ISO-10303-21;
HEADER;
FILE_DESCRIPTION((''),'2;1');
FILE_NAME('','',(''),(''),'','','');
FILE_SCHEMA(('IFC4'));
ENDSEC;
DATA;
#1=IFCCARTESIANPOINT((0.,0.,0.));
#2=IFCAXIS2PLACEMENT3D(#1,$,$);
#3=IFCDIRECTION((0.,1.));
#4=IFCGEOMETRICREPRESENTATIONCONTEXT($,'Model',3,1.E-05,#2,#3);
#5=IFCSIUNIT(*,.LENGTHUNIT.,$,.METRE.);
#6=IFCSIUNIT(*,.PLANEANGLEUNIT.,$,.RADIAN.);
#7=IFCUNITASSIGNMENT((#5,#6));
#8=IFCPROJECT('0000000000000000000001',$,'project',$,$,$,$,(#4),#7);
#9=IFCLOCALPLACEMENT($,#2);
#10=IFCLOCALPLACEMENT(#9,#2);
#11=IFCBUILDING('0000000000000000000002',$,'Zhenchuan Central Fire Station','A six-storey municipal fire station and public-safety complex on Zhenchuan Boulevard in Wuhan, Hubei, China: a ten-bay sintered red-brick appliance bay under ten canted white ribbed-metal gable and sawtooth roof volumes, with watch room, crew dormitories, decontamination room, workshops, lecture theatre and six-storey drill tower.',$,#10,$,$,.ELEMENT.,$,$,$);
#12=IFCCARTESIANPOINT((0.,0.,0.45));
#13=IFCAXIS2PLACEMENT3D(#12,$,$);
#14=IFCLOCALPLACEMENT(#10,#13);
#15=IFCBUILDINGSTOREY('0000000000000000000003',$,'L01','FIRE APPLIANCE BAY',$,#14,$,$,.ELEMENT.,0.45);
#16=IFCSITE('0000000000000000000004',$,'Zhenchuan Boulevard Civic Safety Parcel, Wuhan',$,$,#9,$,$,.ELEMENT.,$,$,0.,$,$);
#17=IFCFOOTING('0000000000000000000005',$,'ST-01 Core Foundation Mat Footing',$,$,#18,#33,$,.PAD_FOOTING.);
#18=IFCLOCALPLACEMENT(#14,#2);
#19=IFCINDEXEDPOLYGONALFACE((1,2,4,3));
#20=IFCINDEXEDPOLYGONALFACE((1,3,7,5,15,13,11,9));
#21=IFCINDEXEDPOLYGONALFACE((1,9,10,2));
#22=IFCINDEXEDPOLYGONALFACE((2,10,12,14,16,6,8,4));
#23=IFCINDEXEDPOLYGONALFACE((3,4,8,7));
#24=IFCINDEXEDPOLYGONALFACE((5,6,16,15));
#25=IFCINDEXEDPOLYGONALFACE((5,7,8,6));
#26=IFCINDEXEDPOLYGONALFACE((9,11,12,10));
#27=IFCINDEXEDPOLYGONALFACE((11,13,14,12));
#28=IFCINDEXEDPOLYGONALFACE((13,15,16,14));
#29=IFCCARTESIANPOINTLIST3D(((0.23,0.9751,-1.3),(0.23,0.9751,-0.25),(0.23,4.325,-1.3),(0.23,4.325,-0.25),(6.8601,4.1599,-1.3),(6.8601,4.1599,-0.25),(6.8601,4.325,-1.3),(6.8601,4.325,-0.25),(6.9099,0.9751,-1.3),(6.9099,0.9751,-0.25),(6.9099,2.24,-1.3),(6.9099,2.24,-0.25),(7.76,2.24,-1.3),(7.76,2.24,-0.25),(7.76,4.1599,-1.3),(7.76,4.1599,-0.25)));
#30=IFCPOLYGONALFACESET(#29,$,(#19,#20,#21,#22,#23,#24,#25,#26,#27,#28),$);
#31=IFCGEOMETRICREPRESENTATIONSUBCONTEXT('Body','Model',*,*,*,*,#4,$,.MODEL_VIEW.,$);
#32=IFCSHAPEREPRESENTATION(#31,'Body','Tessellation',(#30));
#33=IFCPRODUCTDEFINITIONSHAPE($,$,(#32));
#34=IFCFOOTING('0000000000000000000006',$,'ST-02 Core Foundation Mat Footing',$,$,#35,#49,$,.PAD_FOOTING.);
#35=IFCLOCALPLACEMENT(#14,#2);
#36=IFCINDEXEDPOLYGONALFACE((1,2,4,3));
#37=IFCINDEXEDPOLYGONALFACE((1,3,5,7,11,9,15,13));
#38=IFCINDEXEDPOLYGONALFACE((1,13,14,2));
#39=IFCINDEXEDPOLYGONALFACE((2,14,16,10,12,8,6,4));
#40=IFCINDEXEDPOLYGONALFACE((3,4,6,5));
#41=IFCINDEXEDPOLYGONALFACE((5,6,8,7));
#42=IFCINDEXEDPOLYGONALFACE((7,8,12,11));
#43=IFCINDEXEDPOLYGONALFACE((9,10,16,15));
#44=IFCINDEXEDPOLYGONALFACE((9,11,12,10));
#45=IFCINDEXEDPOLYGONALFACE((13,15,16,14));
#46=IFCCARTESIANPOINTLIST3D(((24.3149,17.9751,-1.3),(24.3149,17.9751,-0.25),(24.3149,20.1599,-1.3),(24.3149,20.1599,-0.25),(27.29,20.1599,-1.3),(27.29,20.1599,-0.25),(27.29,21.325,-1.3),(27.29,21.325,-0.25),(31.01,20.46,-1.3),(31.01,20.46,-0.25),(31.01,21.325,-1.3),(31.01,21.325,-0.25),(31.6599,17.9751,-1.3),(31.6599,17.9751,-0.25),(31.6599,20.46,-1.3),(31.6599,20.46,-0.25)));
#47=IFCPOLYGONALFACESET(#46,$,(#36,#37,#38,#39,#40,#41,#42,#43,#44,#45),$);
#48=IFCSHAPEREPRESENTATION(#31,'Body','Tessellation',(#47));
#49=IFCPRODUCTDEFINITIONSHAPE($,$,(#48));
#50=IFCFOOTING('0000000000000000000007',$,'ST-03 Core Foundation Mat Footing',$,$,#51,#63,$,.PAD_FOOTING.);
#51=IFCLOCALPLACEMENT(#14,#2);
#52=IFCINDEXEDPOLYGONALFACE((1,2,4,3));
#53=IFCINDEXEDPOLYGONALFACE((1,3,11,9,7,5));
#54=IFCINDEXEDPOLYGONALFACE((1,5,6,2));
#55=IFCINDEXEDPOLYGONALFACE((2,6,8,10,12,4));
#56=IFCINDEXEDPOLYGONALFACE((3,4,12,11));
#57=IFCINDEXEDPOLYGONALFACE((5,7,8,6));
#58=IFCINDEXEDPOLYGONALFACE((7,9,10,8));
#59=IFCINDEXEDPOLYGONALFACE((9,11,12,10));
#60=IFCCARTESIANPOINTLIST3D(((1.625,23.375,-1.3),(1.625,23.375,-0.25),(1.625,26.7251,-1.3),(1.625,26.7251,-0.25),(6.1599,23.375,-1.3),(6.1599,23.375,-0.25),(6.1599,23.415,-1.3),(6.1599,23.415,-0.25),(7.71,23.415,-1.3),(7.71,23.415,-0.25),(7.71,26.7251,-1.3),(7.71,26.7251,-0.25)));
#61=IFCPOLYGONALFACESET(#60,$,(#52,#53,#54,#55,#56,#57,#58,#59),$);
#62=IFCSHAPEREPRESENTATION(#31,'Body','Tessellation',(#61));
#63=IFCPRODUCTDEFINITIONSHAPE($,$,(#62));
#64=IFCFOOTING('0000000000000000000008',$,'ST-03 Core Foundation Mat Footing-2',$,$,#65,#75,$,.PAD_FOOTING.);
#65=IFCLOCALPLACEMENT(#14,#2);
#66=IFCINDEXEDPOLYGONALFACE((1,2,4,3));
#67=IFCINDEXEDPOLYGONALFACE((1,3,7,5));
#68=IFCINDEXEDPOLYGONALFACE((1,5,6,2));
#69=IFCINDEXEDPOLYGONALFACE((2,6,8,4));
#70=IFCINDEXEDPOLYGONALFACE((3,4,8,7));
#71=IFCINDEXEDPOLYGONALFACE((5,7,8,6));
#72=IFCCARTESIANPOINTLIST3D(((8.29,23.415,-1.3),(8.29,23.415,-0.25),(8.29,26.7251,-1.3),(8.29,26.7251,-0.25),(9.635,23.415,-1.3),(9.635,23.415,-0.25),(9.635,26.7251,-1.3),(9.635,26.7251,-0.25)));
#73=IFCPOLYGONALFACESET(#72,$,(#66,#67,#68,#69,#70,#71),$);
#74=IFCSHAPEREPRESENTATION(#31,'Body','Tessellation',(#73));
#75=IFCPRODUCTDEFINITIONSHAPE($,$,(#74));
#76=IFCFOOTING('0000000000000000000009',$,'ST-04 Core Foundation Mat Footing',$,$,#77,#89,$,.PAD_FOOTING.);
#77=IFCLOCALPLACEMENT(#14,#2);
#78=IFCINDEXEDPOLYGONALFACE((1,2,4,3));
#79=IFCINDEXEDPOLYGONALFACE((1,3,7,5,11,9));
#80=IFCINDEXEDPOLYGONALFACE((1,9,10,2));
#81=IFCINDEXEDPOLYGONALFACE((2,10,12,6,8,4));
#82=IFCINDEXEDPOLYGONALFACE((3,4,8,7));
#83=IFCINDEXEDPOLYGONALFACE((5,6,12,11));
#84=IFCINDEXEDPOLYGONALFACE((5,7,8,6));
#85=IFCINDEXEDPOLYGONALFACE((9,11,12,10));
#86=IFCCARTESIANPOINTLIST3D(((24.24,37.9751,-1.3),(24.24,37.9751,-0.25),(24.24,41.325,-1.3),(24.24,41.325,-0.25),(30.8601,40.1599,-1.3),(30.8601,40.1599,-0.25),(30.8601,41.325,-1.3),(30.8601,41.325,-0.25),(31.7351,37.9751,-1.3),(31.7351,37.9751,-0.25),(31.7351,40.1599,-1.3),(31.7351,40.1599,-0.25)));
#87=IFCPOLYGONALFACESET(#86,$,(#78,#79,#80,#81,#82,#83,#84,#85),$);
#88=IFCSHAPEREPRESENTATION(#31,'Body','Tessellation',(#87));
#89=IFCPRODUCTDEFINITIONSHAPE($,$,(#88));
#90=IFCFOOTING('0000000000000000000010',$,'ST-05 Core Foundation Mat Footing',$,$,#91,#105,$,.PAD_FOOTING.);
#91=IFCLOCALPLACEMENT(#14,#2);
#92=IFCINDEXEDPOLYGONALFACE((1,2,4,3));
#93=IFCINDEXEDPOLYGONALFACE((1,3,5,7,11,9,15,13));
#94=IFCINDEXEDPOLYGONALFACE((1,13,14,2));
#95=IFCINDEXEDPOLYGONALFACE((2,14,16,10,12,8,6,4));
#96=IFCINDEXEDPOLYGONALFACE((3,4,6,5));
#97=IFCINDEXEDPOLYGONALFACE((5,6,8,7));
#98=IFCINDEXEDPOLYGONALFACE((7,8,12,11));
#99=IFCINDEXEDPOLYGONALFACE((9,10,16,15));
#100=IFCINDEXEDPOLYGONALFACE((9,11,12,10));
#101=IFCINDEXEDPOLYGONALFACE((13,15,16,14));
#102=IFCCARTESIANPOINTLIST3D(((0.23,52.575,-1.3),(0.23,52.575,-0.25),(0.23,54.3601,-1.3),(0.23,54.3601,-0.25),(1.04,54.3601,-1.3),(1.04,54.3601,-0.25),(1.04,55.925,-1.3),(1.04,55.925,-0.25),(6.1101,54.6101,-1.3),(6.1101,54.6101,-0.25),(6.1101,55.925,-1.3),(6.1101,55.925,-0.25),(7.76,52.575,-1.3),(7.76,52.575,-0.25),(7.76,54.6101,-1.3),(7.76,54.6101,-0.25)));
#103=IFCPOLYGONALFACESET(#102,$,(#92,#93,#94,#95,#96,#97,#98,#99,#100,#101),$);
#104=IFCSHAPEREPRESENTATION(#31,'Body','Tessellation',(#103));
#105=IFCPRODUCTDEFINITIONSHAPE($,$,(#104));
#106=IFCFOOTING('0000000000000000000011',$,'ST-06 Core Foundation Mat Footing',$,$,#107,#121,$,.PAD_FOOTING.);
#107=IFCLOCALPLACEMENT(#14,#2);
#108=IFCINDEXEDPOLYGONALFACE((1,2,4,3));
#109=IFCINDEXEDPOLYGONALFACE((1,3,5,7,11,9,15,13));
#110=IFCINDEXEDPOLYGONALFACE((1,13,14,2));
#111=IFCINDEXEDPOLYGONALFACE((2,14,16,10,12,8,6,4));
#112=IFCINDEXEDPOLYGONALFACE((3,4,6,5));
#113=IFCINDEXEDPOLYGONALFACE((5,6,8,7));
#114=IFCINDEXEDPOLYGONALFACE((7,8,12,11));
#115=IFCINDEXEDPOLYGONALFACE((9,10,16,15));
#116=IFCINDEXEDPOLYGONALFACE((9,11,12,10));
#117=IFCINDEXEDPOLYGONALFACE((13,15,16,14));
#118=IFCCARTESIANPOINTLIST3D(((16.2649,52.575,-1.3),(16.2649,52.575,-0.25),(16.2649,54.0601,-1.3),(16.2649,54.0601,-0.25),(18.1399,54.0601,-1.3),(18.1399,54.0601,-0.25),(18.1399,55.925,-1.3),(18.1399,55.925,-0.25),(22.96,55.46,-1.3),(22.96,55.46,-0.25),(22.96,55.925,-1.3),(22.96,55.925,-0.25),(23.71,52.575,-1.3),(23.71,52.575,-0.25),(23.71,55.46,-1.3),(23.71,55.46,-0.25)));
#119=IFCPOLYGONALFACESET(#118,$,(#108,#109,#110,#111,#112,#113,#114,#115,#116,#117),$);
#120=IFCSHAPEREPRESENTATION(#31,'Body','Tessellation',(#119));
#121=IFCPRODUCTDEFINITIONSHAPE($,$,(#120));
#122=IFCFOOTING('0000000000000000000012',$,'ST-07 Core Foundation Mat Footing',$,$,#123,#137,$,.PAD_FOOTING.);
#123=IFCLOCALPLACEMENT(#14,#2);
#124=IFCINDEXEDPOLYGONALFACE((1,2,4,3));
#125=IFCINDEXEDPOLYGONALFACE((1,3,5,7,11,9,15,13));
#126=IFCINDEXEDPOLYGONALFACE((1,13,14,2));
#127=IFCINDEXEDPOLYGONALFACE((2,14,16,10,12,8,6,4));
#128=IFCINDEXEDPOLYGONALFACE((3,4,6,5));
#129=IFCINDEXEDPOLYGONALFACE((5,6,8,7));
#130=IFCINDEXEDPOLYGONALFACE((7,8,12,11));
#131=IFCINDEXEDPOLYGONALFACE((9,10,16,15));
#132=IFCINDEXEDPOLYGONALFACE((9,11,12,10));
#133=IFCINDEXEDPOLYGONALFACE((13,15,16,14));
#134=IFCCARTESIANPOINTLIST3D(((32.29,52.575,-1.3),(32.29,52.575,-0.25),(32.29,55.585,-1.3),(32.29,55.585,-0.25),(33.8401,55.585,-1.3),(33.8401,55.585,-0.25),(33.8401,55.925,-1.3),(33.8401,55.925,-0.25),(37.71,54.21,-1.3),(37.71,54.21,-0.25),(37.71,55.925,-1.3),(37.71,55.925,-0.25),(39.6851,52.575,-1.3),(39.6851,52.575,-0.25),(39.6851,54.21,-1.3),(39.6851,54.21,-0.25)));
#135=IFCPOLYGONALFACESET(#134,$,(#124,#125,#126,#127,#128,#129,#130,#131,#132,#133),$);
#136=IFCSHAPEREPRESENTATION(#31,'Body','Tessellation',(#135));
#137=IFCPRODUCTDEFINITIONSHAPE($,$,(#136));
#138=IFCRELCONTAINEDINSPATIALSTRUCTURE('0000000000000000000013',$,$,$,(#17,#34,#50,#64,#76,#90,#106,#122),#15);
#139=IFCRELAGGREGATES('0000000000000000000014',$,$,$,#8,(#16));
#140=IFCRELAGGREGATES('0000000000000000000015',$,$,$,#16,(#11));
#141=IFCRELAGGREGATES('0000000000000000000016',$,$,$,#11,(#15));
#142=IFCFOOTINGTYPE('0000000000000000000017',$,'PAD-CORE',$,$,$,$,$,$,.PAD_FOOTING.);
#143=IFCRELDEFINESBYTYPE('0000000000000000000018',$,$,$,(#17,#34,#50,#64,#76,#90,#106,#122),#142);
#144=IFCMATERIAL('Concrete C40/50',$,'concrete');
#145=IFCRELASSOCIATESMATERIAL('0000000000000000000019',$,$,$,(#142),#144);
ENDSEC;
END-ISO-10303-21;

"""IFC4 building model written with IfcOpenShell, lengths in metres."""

from ifc_helpers import new_model, si_unit, direction, frame, origin, place, context, subcontext, project, spatial, polyline, outline, extrude, material, type_object, element, save


model = new_model("IFC4")

# Units and contexts
model_context = context("Model", 3, precision=1e-05, world=origin(), true_north=direction((0.0, 1.0)))
body_context = subcontext(model_context, "Body", "Model", "MODEL_VIEW")
ifc_project = project(units=[si_unit("LENGTHUNIT", "METRE"), si_unit("PLANEANGLEUNIT", "RADIAN")], contexts=[model_context])

# Site, building, storey
site_placement = place(None, origin())
site = spatial("IfcSite", under=ifc_project, at=site_placement, Name="Zhenchuan Boulevard Civic Safety Parcel, Wuhan", CompositionType="ELEMENT", RefElevation=0.0)
building_placement = place(site_placement, origin())
building = spatial("IfcBuilding", under=site, at=building_placement, Name="Zhenchuan Central Fire Station", Description="A six-storey municipal fire station and public-safety complex on Zhenchuan Boulevard in Wuhan, Hubei, China: a ten-bay sintered red-brick appliance bay under ten canted white ribbed-metal gable and sawtooth roof volumes, with watch room, crew dormitories, decontamination room, workshops, lecture theatre and six-storey drill tower.", CompositionType="ELEMENT")
storey_placement = place(building_placement, frame((0.0, 0.0, 0.45)))
storey = spatial("IfcBuildingStorey", under=building, at=storey_placement, Name="L01", Description="FIRE APPLIANCE BAY", CompositionType="ELEMENT", Elevation=0.45)

# Footings
ifc_material_1 = material(Name="Concrete C40/50", Category="concrete")
footing_type_1 = type_object("IfcFootingType", Name="PAD-CORE", PredefinedType="PAD_FOOTING", material=ifc_material_1)
footing_1_placement = place(storey_placement, frame((0.0, 0.0, -1.3)))
element("IfcFooting", 1, at=footing_1_placement, inside=storey, type_object=footing_type_1, Name="ST-01 Core Foundation Mat Footing", PredefinedType="PAD_FOOTING", context=body_context, shape_type="SweptSolid", body=[
    extrude(outline(polyline([(6.8601, 4.325), (6.8601, 4.1599), (7.76, 4.1599), (7.76, 2.24), (6.9099, 2.24), (6.9099, 0.9751), (0.23, 0.9751), (0.23, 4.325), (6.8601, 4.325)])), origin(), (0.0, 0.0, 1.0), 1.05),
])
footing_2_placement = place(storey_placement, frame((0.0, 0.0, -1.3)))
element("IfcFooting", 2, at=footing_2_placement, inside=storey, type_object=footing_type_1, Name="ST-02 Core Foundation Mat Footing", PredefinedType="PAD_FOOTING", context=body_context, shape_type="SweptSolid", body=[
    extrude(outline(polyline([(31.01, 21.325), (31.01, 20.46), (31.6599, 20.46), (31.6599, 17.9751), (24.3149, 17.9751), (24.3149, 20.1599), (27.29, 20.1599), (27.29, 21.325), (31.01, 21.325)])), origin(), (0.0, 0.0, 1.0), 1.05),
])
footing_3_placement = place(storey_placement, frame((0.0, 0.0, -1.3)))
element("IfcFooting", 3, at=footing_3_placement, inside=storey, type_object=footing_type_1, Name="ST-03 Core Foundation Mat Footing", PredefinedType="PAD_FOOTING", context=body_context, shape_type="SweptSolid", body=[
    extrude(outline(polyline([(1.625, 23.375), (1.625, 26.7251), (7.71, 26.7251), (7.71, 23.415), (6.1599, 23.415), (6.1599, 23.375), (1.625, 23.375)])), origin(), (0.0, 0.0, 1.0), 1.05),
])
footing_4_placement = place(storey_placement, frame((0.0, 0.0, -1.3)))
element("IfcFooting", 4, at=footing_4_placement, inside=storey, type_object=footing_type_1, Name="ST-03 Core Foundation Mat Footing-2", PredefinedType="PAD_FOOTING", context=body_context, shape_type="SweptSolid", body=[
    extrude(outline(polyline([(9.635, 26.7251), (9.635, 23.415), (8.29, 23.415), (8.29, 26.7251), (9.635, 26.7251)])), origin(), (0.0, 0.0, 1.0), 1.05),
])
footing_5_placement = place(storey_placement, frame((0.0, 0.0, -1.3)))
element("IfcFooting", 5, at=footing_5_placement, inside=storey, type_object=footing_type_1, Name="ST-04 Core Foundation Mat Footing", PredefinedType="PAD_FOOTING", context=body_context, shape_type="SweptSolid", body=[
    extrude(outline(polyline([(30.8601, 41.325), (30.8601, 40.1599), (31.7351, 40.1599), (31.7351, 37.9751), (24.24, 37.9751), (24.24, 41.325), (30.8601, 41.325)])), origin(), (0.0, 0.0, 1.0), 1.05),
])
footing_6_placement = place(storey_placement, frame((0.0, 0.0, -1.3)))
element("IfcFooting", 6, at=footing_6_placement, inside=storey, type_object=footing_type_1, Name="ST-05 Core Foundation Mat Footing", PredefinedType="PAD_FOOTING", context=body_context, shape_type="SweptSolid", body=[
    extrude(outline(polyline([(6.1101, 55.925), (6.1101, 54.6101), (7.76, 54.6101), (7.76, 52.575), (0.23, 52.575), (0.23, 54.3601), (1.04, 54.3601), (1.04, 55.925), (6.1101, 55.925)])), origin(), (0.0, 0.0, 1.0), 1.05),
])
footing_7_placement = place(storey_placement, frame((0.0, 0.0, -1.3)))
element("IfcFooting", 7, at=footing_7_placement, inside=storey, type_object=footing_type_1, Name="ST-06 Core Foundation Mat Footing", PredefinedType="PAD_FOOTING", context=body_context, shape_type="SweptSolid", body=[
    extrude(outline(polyline([(22.96, 55.925), (22.96, 55.46), (23.71, 55.46), (23.71, 52.575), (16.2649, 52.575), (16.2649, 54.0601), (18.1399, 54.0601), (18.1399, 55.925), (22.96, 55.925)])), origin(), (0.0, 0.0, 1.0), 1.05),
])
footing_8_placement = place(storey_placement, frame((0.0, 0.0, -1.3)))
element("IfcFooting", 8, at=footing_8_placement, inside=storey, type_object=footing_type_1, Name="ST-07 Core Foundation Mat Footing", PredefinedType="PAD_FOOTING", context=body_context, shape_type="SweptSolid", body=[
    extrude(outline(polyline([(37.71, 55.925), (37.71, 54.21), (39.6851, 54.21), (39.6851, 52.575), (32.29, 52.575), (32.29, 55.585), (33.8401, 55.585), (33.8401, 55.925), (37.71, 55.925)])), origin(), (0.0, 0.0, 1.0), 1.05),
])

save(model, "model.ifc")
